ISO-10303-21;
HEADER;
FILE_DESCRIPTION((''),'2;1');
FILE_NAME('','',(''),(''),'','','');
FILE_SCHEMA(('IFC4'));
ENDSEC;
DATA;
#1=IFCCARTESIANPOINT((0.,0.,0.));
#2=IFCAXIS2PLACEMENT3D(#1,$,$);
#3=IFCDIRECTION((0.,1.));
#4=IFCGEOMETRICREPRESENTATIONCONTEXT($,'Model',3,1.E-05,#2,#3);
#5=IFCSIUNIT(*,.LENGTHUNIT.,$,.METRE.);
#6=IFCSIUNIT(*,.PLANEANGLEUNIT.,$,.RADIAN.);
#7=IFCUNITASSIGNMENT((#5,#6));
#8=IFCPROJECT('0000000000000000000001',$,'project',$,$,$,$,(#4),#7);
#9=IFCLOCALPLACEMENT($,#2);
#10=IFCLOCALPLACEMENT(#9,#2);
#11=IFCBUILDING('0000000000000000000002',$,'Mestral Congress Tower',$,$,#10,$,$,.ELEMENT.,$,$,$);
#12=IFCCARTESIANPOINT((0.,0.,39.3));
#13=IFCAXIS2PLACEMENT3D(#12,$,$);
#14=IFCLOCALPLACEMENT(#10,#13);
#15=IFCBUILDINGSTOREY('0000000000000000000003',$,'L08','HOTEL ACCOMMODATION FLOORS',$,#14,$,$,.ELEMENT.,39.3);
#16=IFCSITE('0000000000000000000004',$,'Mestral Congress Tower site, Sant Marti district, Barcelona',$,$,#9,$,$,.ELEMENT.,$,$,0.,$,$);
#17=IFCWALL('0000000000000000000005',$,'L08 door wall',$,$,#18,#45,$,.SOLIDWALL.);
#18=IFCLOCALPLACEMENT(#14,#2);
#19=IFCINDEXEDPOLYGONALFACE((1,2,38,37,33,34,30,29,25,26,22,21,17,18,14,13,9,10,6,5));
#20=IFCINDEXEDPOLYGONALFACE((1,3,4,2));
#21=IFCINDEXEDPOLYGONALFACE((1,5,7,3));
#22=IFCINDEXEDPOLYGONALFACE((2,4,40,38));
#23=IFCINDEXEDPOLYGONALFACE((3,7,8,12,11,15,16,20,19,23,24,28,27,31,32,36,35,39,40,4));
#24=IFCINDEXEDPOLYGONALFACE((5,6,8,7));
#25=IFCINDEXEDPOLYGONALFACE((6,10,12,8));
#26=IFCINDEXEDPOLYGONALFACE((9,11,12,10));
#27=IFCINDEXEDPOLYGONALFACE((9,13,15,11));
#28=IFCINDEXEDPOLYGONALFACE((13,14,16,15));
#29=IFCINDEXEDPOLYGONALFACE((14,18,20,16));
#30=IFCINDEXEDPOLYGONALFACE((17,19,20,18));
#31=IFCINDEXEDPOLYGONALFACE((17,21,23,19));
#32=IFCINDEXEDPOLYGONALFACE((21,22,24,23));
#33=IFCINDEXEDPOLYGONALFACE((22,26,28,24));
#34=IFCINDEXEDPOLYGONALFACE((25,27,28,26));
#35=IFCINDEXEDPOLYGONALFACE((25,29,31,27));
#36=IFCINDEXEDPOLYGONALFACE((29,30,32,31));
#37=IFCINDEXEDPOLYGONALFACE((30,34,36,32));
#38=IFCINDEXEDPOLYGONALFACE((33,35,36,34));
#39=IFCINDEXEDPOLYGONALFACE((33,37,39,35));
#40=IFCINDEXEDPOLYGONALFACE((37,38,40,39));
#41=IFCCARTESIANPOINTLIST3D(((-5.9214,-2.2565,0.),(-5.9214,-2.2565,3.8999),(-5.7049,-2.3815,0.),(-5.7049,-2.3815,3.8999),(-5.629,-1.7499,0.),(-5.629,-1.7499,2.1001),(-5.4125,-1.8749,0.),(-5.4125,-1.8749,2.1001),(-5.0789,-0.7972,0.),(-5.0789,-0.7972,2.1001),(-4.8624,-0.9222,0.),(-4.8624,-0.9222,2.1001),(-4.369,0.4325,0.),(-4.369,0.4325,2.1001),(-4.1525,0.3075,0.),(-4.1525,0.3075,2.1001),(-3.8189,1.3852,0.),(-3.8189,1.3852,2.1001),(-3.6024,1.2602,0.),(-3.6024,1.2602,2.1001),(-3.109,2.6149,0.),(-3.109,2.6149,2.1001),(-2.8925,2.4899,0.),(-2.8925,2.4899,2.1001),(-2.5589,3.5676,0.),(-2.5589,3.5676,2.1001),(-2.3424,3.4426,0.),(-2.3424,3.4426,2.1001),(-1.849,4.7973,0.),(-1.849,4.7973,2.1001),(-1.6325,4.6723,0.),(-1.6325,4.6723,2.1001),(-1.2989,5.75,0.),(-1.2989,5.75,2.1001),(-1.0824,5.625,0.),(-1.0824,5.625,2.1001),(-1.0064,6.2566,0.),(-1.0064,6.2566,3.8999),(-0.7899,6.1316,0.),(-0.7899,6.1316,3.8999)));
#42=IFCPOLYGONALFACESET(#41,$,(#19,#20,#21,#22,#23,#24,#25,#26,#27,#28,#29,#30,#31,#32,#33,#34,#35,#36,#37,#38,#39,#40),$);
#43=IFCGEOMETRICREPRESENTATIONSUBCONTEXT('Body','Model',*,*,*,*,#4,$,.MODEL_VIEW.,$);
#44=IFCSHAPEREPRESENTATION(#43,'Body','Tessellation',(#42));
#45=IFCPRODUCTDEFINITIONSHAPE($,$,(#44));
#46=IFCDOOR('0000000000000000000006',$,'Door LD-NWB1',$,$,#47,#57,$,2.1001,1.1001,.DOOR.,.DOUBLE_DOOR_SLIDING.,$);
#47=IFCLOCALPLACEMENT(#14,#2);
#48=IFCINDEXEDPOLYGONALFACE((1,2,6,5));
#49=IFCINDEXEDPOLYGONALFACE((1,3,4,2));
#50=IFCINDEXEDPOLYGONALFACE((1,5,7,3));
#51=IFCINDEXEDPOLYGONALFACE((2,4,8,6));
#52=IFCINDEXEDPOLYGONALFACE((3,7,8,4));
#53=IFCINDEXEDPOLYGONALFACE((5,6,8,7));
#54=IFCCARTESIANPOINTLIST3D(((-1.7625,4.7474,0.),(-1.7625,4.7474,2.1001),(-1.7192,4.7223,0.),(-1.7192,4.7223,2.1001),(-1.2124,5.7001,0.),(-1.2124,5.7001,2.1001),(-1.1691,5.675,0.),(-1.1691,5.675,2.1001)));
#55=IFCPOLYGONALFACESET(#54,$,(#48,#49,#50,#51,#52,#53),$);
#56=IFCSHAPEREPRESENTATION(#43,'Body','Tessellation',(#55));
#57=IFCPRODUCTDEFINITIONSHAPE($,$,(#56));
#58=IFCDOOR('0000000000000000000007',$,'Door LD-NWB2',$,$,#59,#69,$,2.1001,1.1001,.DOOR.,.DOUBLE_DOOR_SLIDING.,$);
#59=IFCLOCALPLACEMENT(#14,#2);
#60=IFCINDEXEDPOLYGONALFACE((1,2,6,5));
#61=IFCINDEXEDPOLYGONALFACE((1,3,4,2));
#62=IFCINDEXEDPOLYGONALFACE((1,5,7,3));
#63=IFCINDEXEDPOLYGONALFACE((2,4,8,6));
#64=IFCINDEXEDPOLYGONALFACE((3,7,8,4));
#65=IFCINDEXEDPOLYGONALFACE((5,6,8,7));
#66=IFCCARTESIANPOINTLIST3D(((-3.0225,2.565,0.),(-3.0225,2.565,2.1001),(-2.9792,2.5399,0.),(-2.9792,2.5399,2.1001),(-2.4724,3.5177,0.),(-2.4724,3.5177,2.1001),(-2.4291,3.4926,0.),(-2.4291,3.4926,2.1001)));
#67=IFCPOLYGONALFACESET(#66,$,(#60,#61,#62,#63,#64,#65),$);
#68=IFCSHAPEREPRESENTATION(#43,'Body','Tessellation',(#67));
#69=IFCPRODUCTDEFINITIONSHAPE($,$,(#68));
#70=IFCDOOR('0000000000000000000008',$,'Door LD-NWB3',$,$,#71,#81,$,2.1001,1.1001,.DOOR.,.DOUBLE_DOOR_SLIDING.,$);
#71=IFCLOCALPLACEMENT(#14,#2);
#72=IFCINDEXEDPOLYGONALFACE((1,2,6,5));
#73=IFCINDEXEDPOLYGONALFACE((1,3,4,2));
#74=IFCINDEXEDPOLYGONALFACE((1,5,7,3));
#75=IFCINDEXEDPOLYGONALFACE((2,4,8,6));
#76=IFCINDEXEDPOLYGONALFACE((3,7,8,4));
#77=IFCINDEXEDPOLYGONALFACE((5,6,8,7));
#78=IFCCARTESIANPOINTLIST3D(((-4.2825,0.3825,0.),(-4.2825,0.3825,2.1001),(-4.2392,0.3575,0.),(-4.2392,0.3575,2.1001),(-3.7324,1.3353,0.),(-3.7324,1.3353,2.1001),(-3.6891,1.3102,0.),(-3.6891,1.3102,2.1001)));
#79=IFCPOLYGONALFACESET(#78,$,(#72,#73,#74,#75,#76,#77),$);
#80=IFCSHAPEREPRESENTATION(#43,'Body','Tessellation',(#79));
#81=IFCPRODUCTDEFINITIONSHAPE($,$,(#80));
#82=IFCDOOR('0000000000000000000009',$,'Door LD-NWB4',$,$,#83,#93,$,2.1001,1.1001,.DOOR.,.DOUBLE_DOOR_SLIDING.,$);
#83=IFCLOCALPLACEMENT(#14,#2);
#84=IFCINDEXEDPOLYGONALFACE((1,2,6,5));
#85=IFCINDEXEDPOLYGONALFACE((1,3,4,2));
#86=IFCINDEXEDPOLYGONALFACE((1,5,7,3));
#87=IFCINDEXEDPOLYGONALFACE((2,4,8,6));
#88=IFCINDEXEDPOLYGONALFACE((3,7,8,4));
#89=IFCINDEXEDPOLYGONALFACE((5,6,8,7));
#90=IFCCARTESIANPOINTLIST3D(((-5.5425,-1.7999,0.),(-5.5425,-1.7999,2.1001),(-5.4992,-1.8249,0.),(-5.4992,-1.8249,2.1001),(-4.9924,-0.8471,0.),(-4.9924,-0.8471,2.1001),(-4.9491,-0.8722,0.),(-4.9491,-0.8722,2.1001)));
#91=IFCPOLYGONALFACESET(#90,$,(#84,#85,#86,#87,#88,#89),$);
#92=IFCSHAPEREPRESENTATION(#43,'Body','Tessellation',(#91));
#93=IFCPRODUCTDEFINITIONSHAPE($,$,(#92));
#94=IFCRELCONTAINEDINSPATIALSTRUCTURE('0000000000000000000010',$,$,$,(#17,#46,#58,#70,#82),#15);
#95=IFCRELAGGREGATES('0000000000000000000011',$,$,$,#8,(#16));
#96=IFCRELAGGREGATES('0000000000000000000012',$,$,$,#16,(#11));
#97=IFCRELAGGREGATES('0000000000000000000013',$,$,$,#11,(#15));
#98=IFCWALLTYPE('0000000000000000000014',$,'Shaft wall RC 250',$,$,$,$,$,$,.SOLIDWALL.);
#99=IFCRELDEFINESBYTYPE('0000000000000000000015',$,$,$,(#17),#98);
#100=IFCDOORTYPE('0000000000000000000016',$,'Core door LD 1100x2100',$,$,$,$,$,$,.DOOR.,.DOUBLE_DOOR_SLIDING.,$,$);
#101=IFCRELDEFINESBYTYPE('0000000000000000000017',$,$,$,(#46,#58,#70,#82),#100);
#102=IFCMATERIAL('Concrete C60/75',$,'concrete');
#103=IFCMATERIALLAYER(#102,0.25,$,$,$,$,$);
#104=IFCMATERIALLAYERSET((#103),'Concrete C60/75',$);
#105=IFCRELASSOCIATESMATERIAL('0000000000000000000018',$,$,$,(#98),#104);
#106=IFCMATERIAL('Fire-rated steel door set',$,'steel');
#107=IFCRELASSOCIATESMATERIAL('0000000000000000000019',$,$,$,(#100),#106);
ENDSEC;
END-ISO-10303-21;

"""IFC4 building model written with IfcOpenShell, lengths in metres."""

from ifc_helpers import new_model, si_unit, direction, frame, frame_2d, origin, place, context, subcontext, project, spatial, rectangle, extrude, material, layer, layer_set, type_object, element, fill, save


model = new_model("IFC4")

# Units and contexts
model_context = context("Model", 3, precision=1e-05, world=origin(), true_north=direction((0.0, 1.0)))
body_context = subcontext(model_context, "Body", "Model", "MODEL_VIEW")
ifc_project = project(units=[si_unit("LENGTHUNIT", "METRE"), si_unit("PLANEANGLEUNIT", "RADIAN")], contexts=[model_context])

# Site, building, storey
site_placement = place(None, origin())
site = spatial("IfcSite", under=ifc_project, at=site_placement, Name="Mestral Congress Tower site, Sant Marti district, Barcelona", CompositionType="ELEMENT", RefElevation=0.0)
building_placement = place(site_placement, origin())
building = spatial("IfcBuilding", under=site, at=building_placement, Name="Mestral Congress Tower", CompositionType="ELEMENT")
storey_placement = place(building_placement, frame((0.0, 0.0, 39.3)))
storey = spatial("IfcBuildingStorey", under=building, at=storey_placement, Name="L08", Description="HOTEL ACCOMMODATION FLOORS", CompositionType="ELEMENT", Elevation=39.3)

# Shared definitions
ifc_material_1 = material(Name="Concrete C60/75", Category="concrete")

# Shared definitions
ifc_material_2 = material(Name="Fire-rated steel door set", Category="steel")

# Shared definitions
ifc_layer_1 = layer(ifc_material_1, 0.25)
ifc_layer_set_1 = layer_set([ifc_layer_1], Name="Concrete C60/75")
wall_type_1 = type_object("IfcWallType", Name="Shaft wall RC 250", PredefinedType="SOLIDWALL", material=ifc_layer_set_1)

# Wall, openings, doors
wall_1_placement = place(storey_placement, frame((-0.8982, 6.1941, 0.0), z_axis=(0.0, 0.0, 1.0), x_axis=(-0.499996, -0.866028, 0.0)))
wall_1 = element("IfcWall", 1, at=wall_1_placement, inside=storey, type_object=wall_type_1, Name="L08 door wall", PredefinedType="SOLIDWALL", context=body_context, shape_type="SweptSolid", body=[
    extrude(rectangle(XDim=9.8301, YDim=0.25, at=frame_2d((4.915, 0.0))), origin(), (0.0, 0.0, 1.0), 3.8999),
])
opening_1_placement = place(wall_1_placement, frame((0.585, 0.0, 0.0)))
opening_1 = element("IfcOpeningElement", 2, at=opening_1_placement, cuts=wall_1, PredefinedType="OPENING", context=body_context, shape_type="SweptSolid", body=[
    extrude(rectangle(XDim=1.1001, YDim=2.1001, at=frame_2d((0.55, 1.05))), frame((0.0, 0.135, 0.0), z_axis=(0.0, -1.0, 0.0), x_axis=(1.0, 0.0, 0.0)), (0.0, 0.0, 1.0), 0.27),
])
opening_2_placement = place(wall_1_placement, frame((3.105, 0.0, 0.0)))
opening_2 = element("IfcOpeningElement", 3, at=opening_2_placement, cuts=wall_1, PredefinedType="OPENING", context=body_context, shape_type="SweptSolid", body=[
    extrude(rectangle(XDim=1.1001, YDim=2.1001, at=frame_2d((0.55, 1.05))), frame((0.0, 0.135, 0.0), z_axis=(0.0, -1.0, 0.0), x_axis=(1.0, 0.0, 0.0)), (0.0, 0.0, 1.0), 0.27),
])
opening_3_placement = place(wall_1_placement, frame((5.625, 0.0, 0.0)))
opening_3 = element("IfcOpeningElement", 4, at=opening_3_placement, cuts=wall_1, PredefinedType="OPENING", context=body_context, shape_type="SweptSolid", body=[
    extrude(rectangle(XDim=1.1001, YDim=2.1001, at=frame_2d((0.55, 1.05))), frame((0.0, 0.135, 0.0), z_axis=(0.0, -1.0, 0.0), x_axis=(1.0, 0.0, 0.0)), (0.0, 0.0, 1.0), 0.27),
])
opening_4_placement = place(wall_1_placement, frame((8.145, 0.0, 0.0)))
opening_4 = element("IfcOpeningElement", 5, at=opening_4_placement, cuts=wall_1, PredefinedType="OPENING", context=body_context, shape_type="SweptSolid", body=[
    extrude(rectangle(XDim=1.1001, YDim=2.1001, at=frame_2d((0.55, 1.05))), frame((0.0, 0.135, 0.0), z_axis=(0.0, -1.0, 0.0), x_axis=(1.0, 0.0, 0.0)), (0.0, 0.0, 1.0), 0.27),
])
door_type_1 = type_object("IfcDoorType", Name="Core door LD 1100x2100", OperationType="DOUBLE_DOOR_SLIDING", PredefinedType="DOOR", material=ifc_material_2)
door_1_placement = place(opening_1_placement, origin())
door_1 = element("IfcDoor", 6, at=door_1_placement, inside=storey, type_object=door_type_1, Name="Door LD-NWB1", OperationType="DOUBLE_DOOR_SLIDING", OverallHeight=2.1001, OverallWidth=1.1001, PredefinedType="DOOR", context=body_context, shape_type="SweptSolid", body=[
    extrude(rectangle(XDim=1.1001, YDim=2.1001, at=frame_2d((0.55, 1.05))), frame((0.0, 0.0249, 0.0), z_axis=(0.0, -1.0, 0.0), x_axis=(1.0, 0.0, 0.0)), (0.0, 0.0, 1.0), 0.05),
])
fill(opening_1, door_1)
door_2_placement = place(opening_2_placement, origin())
door_2 = element("IfcDoor", 7, at=door_2_placement, inside=storey, type_object=door_type_1, Name="Door LD-NWB2", OperationType="DOUBLE_DOOR_SLIDING", OverallHeight=2.1001, OverallWidth=1.1001, PredefinedType="DOOR", context=body_context, shape_type="SweptSolid", body=[
    extrude(rectangle(XDim=1.1001, YDim=2.1001, at=frame_2d((0.55, 1.05))), frame((0.0, 0.0249, 0.0), z_axis=(0.0, -1.0, 0.0), x_axis=(1.0, 0.0, 0.0)), (0.0, 0.0, 1.0), 0.05),
])
fill(opening_2, door_2)
door_3_placement = place(opening_3_placement, origin())
door_3 = element("IfcDoor", 8, at=door_3_placement, inside=storey, type_object=door_type_1, Name="Door LD-NWB3", OperationType="DOUBLE_DOOR_SLIDING", OverallHeight=2.1001, OverallWidth=1.1001, PredefinedType="DOOR", context=body_context, shape_type="SweptSolid", body=[
    extrude(rectangle(XDim=1.1001, YDim=2.1001, at=frame_2d((0.55, 1.05))), frame((0.0, 0.0249, 0.0), z_axis=(0.0, -1.0, 0.0), x_axis=(1.0, 0.0, 0.0)), (0.0, 0.0, 1.0), 0.05),
])
fill(opening_3, door_3)
door_4_placement = place(opening_4_placement, origin())
door_4 = element("IfcDoor", 9, at=door_4_placement, inside=storey, type_object=door_type_1, Name="Door LD-NWB4", OperationType="DOUBLE_DOOR_SLIDING", OverallHeight=2.1001, OverallWidth=1.1001, PredefinedType="DOOR", context=body_context, shape_type="SweptSolid", body=[
    extrude(rectangle(XDim=1.1001, YDim=2.1001, at=frame_2d((0.55, 1.05))), frame((0.0, 0.0249, 0.0), z_axis=(0.0, -1.0, 0.0), x_axis=(1.0, 0.0, 0.0)), (0.0, 0.0, 1.0), 0.05),
])
fill(opening_4, door_4)

save(model, "model.ifc")
